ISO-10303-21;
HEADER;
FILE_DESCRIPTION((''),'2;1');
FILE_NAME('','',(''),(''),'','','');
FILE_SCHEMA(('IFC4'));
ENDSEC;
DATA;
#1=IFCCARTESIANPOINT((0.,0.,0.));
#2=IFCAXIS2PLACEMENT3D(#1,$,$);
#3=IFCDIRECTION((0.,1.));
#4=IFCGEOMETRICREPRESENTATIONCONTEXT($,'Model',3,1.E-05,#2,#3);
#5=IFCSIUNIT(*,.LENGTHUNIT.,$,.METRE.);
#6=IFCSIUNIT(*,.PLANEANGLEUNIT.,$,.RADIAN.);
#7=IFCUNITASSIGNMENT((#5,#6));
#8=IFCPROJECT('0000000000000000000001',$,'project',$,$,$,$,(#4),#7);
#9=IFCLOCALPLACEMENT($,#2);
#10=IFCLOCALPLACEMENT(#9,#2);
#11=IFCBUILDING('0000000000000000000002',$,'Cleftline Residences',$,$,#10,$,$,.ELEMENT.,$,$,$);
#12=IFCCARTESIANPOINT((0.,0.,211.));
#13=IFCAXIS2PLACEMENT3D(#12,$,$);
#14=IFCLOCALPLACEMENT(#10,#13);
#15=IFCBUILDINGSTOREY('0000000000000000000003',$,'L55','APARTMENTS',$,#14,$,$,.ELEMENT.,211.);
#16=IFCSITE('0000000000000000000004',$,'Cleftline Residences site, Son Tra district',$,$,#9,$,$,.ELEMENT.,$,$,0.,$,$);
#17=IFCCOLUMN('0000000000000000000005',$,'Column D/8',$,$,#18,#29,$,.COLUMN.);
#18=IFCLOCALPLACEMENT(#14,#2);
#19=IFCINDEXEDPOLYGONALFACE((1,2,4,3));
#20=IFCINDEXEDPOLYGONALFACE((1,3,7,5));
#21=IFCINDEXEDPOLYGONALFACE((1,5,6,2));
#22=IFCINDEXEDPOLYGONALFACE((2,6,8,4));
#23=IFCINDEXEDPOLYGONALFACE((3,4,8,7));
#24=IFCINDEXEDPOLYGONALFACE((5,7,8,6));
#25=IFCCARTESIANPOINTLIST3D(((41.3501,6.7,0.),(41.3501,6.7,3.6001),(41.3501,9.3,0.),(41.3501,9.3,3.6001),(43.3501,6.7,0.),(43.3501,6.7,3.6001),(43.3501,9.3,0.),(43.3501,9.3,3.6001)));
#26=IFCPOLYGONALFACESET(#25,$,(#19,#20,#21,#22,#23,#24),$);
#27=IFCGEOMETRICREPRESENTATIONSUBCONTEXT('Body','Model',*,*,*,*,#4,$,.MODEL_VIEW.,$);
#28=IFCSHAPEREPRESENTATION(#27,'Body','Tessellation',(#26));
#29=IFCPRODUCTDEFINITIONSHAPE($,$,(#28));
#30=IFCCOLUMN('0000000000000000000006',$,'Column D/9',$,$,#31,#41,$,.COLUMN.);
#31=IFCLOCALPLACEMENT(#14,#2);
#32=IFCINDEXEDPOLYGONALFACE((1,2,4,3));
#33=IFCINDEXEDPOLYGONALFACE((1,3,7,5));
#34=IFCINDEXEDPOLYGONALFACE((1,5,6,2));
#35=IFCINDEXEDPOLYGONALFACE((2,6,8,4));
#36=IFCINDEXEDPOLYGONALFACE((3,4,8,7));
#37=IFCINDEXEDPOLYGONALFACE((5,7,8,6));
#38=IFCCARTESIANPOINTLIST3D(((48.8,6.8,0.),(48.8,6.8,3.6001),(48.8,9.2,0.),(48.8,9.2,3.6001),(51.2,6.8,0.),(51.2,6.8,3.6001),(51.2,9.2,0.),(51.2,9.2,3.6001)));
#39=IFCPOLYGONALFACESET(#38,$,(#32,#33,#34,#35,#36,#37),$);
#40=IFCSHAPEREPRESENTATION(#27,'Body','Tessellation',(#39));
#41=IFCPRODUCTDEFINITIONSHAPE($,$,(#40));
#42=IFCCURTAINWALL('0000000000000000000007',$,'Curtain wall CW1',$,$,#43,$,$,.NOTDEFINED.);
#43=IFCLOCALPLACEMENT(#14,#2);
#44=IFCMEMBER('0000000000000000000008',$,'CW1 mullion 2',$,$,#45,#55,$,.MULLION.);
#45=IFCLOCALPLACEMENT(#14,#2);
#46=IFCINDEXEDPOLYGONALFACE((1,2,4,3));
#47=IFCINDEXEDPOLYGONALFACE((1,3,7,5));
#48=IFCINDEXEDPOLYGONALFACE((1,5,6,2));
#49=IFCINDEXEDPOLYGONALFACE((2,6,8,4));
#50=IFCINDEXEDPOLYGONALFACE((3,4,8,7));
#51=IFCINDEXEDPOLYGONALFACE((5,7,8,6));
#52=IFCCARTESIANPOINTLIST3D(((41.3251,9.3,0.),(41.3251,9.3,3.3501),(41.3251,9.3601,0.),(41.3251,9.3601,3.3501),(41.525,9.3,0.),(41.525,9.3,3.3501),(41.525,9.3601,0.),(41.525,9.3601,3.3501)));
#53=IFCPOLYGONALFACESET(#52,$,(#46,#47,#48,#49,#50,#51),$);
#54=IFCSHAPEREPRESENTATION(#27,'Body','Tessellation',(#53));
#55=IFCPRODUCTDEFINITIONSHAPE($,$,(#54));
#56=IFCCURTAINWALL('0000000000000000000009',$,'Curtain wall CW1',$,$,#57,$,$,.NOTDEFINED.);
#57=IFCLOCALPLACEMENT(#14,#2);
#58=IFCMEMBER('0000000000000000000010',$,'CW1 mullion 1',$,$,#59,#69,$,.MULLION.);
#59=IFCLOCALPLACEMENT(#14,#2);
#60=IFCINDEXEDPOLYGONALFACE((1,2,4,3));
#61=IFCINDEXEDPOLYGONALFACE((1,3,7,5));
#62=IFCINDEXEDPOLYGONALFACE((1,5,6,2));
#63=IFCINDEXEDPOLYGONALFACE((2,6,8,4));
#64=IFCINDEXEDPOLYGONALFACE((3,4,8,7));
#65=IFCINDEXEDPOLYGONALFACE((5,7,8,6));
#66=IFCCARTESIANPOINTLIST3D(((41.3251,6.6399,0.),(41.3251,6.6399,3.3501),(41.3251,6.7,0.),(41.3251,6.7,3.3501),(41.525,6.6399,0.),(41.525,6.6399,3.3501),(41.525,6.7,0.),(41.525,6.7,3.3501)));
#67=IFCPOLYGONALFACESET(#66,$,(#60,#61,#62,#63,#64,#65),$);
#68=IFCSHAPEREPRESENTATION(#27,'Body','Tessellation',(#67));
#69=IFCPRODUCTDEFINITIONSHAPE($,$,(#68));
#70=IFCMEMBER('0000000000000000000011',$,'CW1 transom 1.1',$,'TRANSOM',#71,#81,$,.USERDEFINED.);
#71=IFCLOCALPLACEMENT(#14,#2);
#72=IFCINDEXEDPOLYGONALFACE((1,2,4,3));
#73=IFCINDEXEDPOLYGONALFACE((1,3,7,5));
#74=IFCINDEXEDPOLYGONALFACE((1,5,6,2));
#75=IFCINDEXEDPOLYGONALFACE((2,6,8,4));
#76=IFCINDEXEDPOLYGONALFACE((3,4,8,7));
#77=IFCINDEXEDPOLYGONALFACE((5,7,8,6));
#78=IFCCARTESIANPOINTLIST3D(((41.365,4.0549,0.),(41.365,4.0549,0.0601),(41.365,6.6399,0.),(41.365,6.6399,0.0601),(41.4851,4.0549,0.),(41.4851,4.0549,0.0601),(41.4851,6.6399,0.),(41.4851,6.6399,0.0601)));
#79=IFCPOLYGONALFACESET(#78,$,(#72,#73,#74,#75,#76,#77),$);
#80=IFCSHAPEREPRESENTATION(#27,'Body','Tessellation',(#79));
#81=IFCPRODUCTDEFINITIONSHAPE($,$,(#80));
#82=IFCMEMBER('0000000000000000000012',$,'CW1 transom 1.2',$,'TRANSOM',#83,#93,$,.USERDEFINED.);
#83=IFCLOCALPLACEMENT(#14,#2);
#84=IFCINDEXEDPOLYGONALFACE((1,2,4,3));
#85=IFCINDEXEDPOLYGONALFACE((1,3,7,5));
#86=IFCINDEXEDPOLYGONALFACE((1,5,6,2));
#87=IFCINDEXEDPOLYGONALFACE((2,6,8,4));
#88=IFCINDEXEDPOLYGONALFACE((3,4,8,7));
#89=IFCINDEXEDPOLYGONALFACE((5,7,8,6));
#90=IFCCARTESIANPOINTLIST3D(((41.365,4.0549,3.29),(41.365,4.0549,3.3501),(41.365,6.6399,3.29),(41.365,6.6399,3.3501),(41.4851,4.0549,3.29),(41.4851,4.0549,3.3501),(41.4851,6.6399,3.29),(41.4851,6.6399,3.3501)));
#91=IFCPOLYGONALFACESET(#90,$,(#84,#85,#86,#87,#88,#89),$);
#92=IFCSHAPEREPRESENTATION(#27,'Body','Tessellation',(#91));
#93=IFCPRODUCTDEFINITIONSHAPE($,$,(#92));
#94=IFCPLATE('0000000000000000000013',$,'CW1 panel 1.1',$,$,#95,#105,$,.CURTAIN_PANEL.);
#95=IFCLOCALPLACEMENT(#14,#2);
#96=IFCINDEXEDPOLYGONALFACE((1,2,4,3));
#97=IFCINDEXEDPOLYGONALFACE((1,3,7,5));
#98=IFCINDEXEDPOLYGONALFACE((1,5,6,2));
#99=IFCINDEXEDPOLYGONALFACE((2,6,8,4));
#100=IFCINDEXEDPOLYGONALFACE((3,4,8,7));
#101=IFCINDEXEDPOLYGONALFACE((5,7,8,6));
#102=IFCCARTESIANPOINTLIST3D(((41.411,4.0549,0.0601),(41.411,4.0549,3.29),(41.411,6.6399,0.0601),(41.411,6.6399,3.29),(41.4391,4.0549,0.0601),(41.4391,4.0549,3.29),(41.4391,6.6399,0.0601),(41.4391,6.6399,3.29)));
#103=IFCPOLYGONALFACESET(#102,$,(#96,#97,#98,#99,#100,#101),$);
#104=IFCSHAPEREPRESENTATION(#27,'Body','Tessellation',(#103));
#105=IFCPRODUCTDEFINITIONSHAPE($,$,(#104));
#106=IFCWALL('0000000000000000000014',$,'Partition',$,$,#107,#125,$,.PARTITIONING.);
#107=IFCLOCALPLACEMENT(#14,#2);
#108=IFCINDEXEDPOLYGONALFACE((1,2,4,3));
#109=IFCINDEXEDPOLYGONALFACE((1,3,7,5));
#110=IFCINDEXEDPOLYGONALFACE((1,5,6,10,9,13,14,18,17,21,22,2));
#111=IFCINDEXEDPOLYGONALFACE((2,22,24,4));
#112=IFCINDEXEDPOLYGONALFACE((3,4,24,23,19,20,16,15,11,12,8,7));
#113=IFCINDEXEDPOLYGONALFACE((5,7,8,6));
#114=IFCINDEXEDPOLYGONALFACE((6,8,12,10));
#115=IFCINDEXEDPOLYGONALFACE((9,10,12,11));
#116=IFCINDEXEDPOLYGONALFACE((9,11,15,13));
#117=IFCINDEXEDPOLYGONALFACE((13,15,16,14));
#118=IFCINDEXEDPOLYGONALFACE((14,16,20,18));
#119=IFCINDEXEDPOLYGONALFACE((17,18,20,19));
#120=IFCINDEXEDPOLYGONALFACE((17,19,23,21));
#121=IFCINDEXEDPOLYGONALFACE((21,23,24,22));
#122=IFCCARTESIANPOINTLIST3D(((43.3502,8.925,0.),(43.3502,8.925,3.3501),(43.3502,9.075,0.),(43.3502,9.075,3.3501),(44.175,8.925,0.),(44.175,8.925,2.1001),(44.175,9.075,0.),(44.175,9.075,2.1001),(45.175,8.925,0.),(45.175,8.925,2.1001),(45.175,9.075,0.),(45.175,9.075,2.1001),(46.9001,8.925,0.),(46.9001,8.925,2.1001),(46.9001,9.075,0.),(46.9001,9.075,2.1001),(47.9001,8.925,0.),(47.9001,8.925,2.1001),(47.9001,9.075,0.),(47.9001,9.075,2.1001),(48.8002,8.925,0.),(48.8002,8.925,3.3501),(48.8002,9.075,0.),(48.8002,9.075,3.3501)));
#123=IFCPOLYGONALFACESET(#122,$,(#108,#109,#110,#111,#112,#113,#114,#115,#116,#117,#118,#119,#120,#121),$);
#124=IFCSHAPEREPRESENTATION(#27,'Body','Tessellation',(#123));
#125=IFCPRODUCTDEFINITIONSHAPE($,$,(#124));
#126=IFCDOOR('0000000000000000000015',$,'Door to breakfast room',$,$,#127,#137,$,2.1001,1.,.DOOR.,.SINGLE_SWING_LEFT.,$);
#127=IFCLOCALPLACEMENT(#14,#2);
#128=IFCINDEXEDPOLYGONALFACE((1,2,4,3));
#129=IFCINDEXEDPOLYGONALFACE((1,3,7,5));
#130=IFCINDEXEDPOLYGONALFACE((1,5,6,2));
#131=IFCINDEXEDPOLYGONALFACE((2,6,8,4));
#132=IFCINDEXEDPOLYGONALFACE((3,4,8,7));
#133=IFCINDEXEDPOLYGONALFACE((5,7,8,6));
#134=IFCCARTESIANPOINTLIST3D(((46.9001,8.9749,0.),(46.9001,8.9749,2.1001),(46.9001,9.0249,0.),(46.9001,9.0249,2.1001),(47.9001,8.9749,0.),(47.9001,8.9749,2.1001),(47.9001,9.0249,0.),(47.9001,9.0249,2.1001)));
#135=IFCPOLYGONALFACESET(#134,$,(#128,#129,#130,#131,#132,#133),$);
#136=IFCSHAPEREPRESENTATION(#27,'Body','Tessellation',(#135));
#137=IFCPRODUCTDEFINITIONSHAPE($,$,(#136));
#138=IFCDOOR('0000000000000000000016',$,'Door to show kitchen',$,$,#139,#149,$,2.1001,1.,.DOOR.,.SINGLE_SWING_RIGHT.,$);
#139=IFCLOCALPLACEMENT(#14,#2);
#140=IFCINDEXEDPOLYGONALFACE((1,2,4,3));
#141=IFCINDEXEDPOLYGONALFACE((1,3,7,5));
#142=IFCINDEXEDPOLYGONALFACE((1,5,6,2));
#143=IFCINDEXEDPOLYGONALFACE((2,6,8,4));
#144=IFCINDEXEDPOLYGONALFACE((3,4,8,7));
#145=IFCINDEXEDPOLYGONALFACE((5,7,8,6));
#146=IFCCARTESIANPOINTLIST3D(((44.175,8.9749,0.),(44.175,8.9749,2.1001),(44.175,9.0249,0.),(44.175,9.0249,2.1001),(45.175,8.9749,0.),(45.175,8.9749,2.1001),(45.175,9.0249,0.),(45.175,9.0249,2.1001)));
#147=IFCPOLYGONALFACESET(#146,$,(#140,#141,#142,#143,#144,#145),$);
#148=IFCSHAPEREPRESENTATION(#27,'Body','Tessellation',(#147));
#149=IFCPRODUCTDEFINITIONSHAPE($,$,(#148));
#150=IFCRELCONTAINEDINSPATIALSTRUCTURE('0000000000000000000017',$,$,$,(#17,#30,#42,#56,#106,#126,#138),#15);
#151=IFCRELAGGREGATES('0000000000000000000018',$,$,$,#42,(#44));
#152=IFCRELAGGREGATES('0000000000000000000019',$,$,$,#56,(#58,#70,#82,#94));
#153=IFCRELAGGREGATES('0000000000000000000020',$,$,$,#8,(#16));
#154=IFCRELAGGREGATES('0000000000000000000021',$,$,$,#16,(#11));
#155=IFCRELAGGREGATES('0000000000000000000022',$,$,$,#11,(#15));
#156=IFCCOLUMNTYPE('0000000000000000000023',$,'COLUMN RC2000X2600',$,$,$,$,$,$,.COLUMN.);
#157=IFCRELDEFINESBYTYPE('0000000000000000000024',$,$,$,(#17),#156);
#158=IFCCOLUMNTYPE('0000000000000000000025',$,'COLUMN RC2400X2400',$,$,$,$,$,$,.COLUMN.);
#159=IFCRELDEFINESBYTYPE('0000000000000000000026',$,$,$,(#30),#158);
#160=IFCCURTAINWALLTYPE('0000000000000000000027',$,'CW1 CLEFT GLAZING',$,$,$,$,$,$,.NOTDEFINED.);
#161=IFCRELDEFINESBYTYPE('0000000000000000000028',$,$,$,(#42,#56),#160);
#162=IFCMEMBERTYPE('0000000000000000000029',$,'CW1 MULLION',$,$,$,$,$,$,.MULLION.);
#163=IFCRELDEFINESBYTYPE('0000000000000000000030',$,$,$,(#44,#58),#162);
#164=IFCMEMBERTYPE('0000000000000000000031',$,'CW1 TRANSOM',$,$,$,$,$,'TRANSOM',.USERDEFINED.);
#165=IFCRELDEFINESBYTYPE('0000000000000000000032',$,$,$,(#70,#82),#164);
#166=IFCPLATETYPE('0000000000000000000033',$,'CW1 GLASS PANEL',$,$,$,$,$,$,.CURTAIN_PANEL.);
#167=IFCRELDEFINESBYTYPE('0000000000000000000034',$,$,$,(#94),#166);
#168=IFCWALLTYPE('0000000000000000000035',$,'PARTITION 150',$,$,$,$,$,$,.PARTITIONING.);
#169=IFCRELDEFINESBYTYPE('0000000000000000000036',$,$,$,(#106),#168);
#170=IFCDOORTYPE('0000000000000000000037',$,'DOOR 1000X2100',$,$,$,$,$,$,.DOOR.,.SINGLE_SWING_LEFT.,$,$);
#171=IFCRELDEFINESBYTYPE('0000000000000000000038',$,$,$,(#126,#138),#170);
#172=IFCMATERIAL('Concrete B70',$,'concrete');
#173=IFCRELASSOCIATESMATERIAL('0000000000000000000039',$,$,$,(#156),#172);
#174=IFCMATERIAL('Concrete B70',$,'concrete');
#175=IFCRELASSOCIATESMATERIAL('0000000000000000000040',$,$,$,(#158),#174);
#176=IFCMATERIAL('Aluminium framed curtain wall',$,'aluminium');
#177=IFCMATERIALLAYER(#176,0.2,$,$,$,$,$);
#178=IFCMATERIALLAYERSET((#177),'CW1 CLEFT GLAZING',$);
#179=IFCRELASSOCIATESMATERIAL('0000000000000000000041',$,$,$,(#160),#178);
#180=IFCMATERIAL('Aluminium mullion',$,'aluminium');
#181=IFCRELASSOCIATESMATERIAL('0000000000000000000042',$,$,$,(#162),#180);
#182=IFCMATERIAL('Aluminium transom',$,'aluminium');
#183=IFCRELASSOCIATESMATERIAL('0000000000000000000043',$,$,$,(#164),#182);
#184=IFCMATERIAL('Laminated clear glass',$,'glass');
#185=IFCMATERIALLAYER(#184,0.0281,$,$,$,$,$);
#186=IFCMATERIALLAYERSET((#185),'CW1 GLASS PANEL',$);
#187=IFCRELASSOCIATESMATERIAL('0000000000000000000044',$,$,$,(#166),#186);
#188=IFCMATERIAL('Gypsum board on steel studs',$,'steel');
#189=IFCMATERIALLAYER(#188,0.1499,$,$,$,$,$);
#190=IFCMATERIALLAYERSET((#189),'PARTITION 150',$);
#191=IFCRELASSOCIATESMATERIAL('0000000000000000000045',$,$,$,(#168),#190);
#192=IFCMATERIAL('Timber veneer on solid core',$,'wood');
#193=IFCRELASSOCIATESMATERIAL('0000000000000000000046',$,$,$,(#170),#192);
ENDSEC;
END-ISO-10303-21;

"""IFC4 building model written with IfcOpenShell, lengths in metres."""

from ifc_helpers import new_model, si_unit, direction, frame, frame_2d, origin, origin_2d, place, context, subcontext, project, spatial, rectangle, extrude, material, layer, layer_set, material_profile, profile_set, type_object, element, fill, aggregate, save


model = new_model("IFC4")

# Units and contexts
model_context = context("Model", 3, precision=1e-05, world=origin(), true_north=direction((0.0, 1.0)))
body_context = subcontext(model_context, "Body", "Model", "MODEL_VIEW")
ifc_project = project(units=[si_unit("LENGTHUNIT", "METRE"), si_unit("PLANEANGLEUNIT", "RADIAN")], contexts=[model_context])

# Site, building, storey
site_placement = place(None, origin())
site = spatial("IfcSite", under=ifc_project, at=site_placement, Name="Cleftline Residences site, Son Tra district", CompositionType="ELEMENT", RefElevation=0.0)
building_placement = place(site_placement, origin())
building = spatial("IfcBuilding", under=site, at=building_placement, Name="Cleftline Residences", CompositionType="ELEMENT")
storey_placement = place(building_placement, frame((0.0, 0.0, 211.0)))
storey = spatial("IfcBuildingStorey", under=building, at=storey_placement, Name="L55", Description="APARTMENTS", CompositionType="ELEMENT", Elevation=211.0)

# Columns
ifc_material_1 = material(Name="Concrete B70", Category="concrete")
ifc_material_profile_1 = material_profile(ifc_material_1, rectangle(XDim=2.0, YDim=2.6001, at=origin_2d()))
ifc_profile_set_1 = profile_set([ifc_material_profile_1], Name="Concrete B70")
column_type_1 = type_object("IfcColumnType", Name="COLUMN RC2000X2600", PredefinedType="COLUMN", material=ifc_profile_set_1)
column_1_placement = place(storey_placement, frame((42.3501, 8.0, 0.0), z_axis=(0.0, 0.0, 1.0), x_axis=(1.0, 0.0, 0.0)))
element("IfcColumn", 1, at=column_1_placement, inside=storey, type_object=column_type_1, Name="Column D/8", PredefinedType="COLUMN", context=body_context, shape_type="SweptSolid", body=[
    extrude(rectangle(XDim=2.0, YDim=2.6001, at=origin_2d()), origin(), (0.0, 0.0, 1.0), 3.6001),
])
ifc_material_2 = material(Name="Concrete B70", Category="concrete")
ifc_material_profile_2 = material_profile(ifc_material_2, rectangle(XDim=2.3999, YDim=2.3999, at=origin_2d()))
ifc_profile_set_2 = profile_set([ifc_material_profile_2], Name="Concrete B70")
column_type_2 = type_object("IfcColumnType", Name="COLUMN RC2400X2400", PredefinedType="COLUMN", material=ifc_profile_set_2)
column_2_placement = place(storey_placement, frame((50.0, 8.0, 0.0), z_axis=(0.0, 0.0, 1.0), x_axis=(1.0, 0.0, 0.0)))
element("IfcColumn", 2, at=column_2_placement, inside=storey, type_object=column_type_2, Name="Column D/9", PredefinedType="COLUMN", context=body_context, shape_type="SweptSolid", body=[
    extrude(rectangle(XDim=2.3999, YDim=2.3999, at=origin_2d()), origin(), (0.0, 0.0, 1.0), 3.6001),
])

# Curtain wall, member
ifc_material_3 = material(Name="Aluminium framed curtain wall", Category="aluminium")
ifc_layer_1 = layer(ifc_material_3, 0.2)
ifc_layer_set_1 = layer_set([ifc_layer_1], Name="CW1 CLEFT GLAZING")
curtain_wall_type = type_object("IfcCurtainWallType", Name="CW1 CLEFT GLAZING", PredefinedType="NOTDEFINED", material=ifc_layer_set_1)
curtain_wall_1_placement = place(storey_placement, origin())
curtain_wall_1 = element("IfcCurtainWall", 3, at=curtain_wall_1_placement, inside=storey, type_object=curtain_wall_type, Name="Curtain wall CW1", PredefinedType="NOTDEFINED")
ifc_material_4 = material(Name="Aluminium mullion", Category="aluminium")
ifc_material_profile_3 = material_profile(ifc_material_4, rectangle(XDim=0.2, YDim=0.0601, at=origin_2d()))
ifc_profile_set_3 = profile_set([ifc_material_profile_3], Name="Aluminium mullion")
member_type_1 = type_object("IfcMemberType", Name="CW1 MULLION", PredefinedType="MULLION", material=ifc_profile_set_3)
member_1_placement = place(storey_placement, frame((41.425, 9.3301, 0.0), z_axis=(0.0, 0.0, 1.0), x_axis=(1.0, 0.0, 0.0)))
member_1 = element("IfcMember", 4, at=member_1_placement, type_object=member_type_1, Name="CW1 mullion 2", PredefinedType="MULLION", context=body_context, shape_type="SweptSolid", body=[
    extrude(rectangle(XDim=0.2, YDim=0.0601, at=origin_2d()), origin(), (0.0, 0.0, 1.0), 3.3501),
])
aggregate(curtain_wall_1, [member_1])

# Curtain wall, members, plate
curtain_wall_2_placement = place(storey_placement, origin())
curtain_wall_2 = element("IfcCurtainWall", 5, at=curtain_wall_2_placement, inside=storey, type_object=curtain_wall_type, Name="Curtain wall CW1", PredefinedType="NOTDEFINED")
member_2_placement = place(storey_placement, frame((41.425, 6.6699, 0.0), z_axis=(0.0, 0.0, 1.0), x_axis=(1.0, 0.0, 0.0)))
member_2 = element("IfcMember", 6, at=member_2_placement, type_object=member_type_1, Name="CW1 mullion 1", PredefinedType="MULLION", context=body_context, shape_type="SweptSolid", body=[
    extrude(rectangle(XDim=0.2, YDim=0.0601, at=origin_2d()), origin(), (0.0, 0.0, 1.0), 3.3501),
])
ifc_material_5 = material(Name="Aluminium transom", Category="aluminium")
ifc_material_profile_4 = material_profile(ifc_material_5, rectangle(XDim=0.1201, YDim=0.0601, at=origin_2d()))
ifc_profile_set_4 = profile_set([ifc_material_profile_4], Name="Aluminium transom")
member_type_2 = type_object("IfcMemberType", Name="CW1 TRANSOM", ElementType="TRANSOM", PredefinedType="USERDEFINED", material=ifc_profile_set_4)
member_3_placement = place(storey_placement, frame((41.425, 6.6399, 0.03), z_axis=(0.0, -1.0, 0.0), x_axis=(1.0, 0.0, 0.0)))
member_3 = element("IfcMember", 7, at=member_3_placement, type_object=member_type_2, Name="CW1 transom 1.1", ObjectType="TRANSOM", PredefinedType="USERDEFINED", context=body_context, shape_type="SweptSolid", body=[
    extrude(rectangle(XDim=0.1201, YDim=0.0601, at=origin_2d()), origin(), (0.0, 0.0, 1.0), 2.585),
])
member_4_placement = place(storey_placement, frame((41.425, 6.6399, 3.3201), z_axis=(0.0, -1.0, 0.0), x_axis=(1.0, 0.0, 0.0)))
member_4 = element("IfcMember", 8, at=member_4_placement, type_object=member_type_2, Name="CW1 transom 1.2", ObjectType="TRANSOM", PredefinedType="USERDEFINED", context=body_context, shape_type="SweptSolid", body=[
    extrude(rectangle(XDim=0.1201, YDim=0.0601, at=origin_2d()), origin(), (0.0, 0.0, 1.0), 2.585),
])
ifc_material_6 = material(Name="Laminated clear glass", Category="glass")
ifc_layer_2 = layer(ifc_material_6, 0.0281)
ifc_layer_set_2 = layer_set([ifc_layer_2], Name="CW1 GLASS PANEL")
plate_type = type_object("IfcPlateType", Name="CW1 GLASS PANEL", PredefinedType="CURTAIN_PANEL", material=ifc_layer_set_2)
plate_placement = place(storey_placement, frame((41.425, 5.3474, 0.0601), z_axis=(0.0, 0.0, 1.0), x_axis=(0.0, -1.0, 0.0)))
plate = element("IfcPlate", 9, at=plate_placement, type_object=plate_type, Name="CW1 panel 1.1", PredefinedType="CURTAIN_PANEL", context=body_context, shape_type="SweptSolid", body=[
    extrude(rectangle(XDim=2.585, YDim=0.0281, at=origin_2d()), origin(), (0.0, 0.0, 1.0), 3.23),
])
aggregate(curtain_wall_2, [member_2, member_3, member_4, plate])

# Wall, openings, doors
ifc_material_7 = material(Name="Gypsum board on steel studs", Category="steel")
ifc_layer_3 = layer(ifc_material_7, 0.1499)
ifc_layer_set_3 = layer_set([ifc_layer_3], Name="PARTITION 150")
wall_type = type_object("IfcWallType", Name="PARTITION 150", PredefinedType="PARTITIONING", material=ifc_layer_set_3)
wall_1_placement = place(storey_placement, frame((43.3501, 9.0, 0.0), z_axis=(0.0, 0.0, 1.0), x_axis=(1.0, 0.0, 0.0)))
wall_1 = element("IfcWall", 10, at=wall_1_placement, inside=storey, type_object=wall_type, Name="Partition", PredefinedType="PARTITIONING", context=body_context, shape_type="SweptSolid", body=[
    extrude(rectangle(XDim=5.45, YDim=0.1499, at=frame_2d((2.7251, 0.0))), origin(), (0.0, 0.0, 1.0), 3.3501),
])
opening_1_placement = place(wall_1_placement, frame((3.55, 0.0, 0.0)))
opening_1 = element("IfcOpeningElement", 11, at=opening_1_placement, cuts=wall_1, PredefinedType="OPENING", context=body_context, shape_type="SweptSolid", body=[
    extrude(rectangle(XDim=1.0, YDim=2.1001, at=frame_2d((0.5, 1.05))), frame((0.0, 0.085, 0.0), z_axis=(0.0, -1.0, 0.0), x_axis=(1.0, 0.0, 0.0)), (0.0, 0.0, 1.0), 0.1699),
])
opening_2_placement = place(wall_1_placement, frame((0.825, 0.0, 0.0)))
opening_2 = element("IfcOpeningElement", 12, at=opening_2_placement, cuts=wall_1, PredefinedType="OPENING", context=body_context, shape_type="SweptSolid", body=[
    extrude(rectangle(XDim=1.0, YDim=2.1001, at=frame_2d((0.5, 1.05))), frame((0.0, 0.085, 0.0), z_axis=(0.0, -1.0, 0.0), x_axis=(1.0, 0.0, 0.0)), (0.0, 0.0, 1.0), 0.1699),
])
ifc_material_8 = material(Name="Timber veneer on solid core", Category="wood")
door_type_1 = type_object("IfcDoorType", Name="DOOR 1000X2100", OperationType="SINGLE_SWING_LEFT", PredefinedType="DOOR", material=ifc_material_8)
door_1_placement = place(opening_1_placement, origin())
door_1 = element("IfcDoor", 13, at=door_1_placement, inside=storey, type_object=door_type_1, Name="Door to breakfast room", OperationType="SINGLE_SWING_LEFT", OverallHeight=2.1001, OverallWidth=1.0, PredefinedType="DOOR", context=body_context, shape_type="SweptSolid", body=[
    extrude(rectangle(XDim=1.0, YDim=2.1001, at=frame_2d((0.5, 1.05))), frame((0.0, 0.0249, 0.0), z_axis=(0.0, -1.0, 0.0), x_axis=(1.0, 0.0, 0.0)), (0.0, 0.0, 1.0), 0.05),
])
fill(opening_1, door_1)
door_2_placement = place(opening_2_placement, origin())
door_2 = element("IfcDoor", 14, at=door_2_placement, inside=storey, type_object=door_type_1, Name="Door to show kitchen", OperationType="SINGLE_SWING_RIGHT", OverallHeight=2.1001, OverallWidth=1.0, PredefinedType="DOOR", context=body_context, shape_type="SweptSolid", body=[
    extrude(rectangle(XDim=1.0, YDim=2.1001, at=frame_2d((0.5, 1.05))), frame((0.0, 0.0249, 0.0), z_axis=(0.0, -1.0, 0.0), x_axis=(1.0, 0.0, 0.0)), (0.0, 0.0, 1.0), 0.05),
])
fill(opening_2, door_2)

save(model, "model.ifc")
